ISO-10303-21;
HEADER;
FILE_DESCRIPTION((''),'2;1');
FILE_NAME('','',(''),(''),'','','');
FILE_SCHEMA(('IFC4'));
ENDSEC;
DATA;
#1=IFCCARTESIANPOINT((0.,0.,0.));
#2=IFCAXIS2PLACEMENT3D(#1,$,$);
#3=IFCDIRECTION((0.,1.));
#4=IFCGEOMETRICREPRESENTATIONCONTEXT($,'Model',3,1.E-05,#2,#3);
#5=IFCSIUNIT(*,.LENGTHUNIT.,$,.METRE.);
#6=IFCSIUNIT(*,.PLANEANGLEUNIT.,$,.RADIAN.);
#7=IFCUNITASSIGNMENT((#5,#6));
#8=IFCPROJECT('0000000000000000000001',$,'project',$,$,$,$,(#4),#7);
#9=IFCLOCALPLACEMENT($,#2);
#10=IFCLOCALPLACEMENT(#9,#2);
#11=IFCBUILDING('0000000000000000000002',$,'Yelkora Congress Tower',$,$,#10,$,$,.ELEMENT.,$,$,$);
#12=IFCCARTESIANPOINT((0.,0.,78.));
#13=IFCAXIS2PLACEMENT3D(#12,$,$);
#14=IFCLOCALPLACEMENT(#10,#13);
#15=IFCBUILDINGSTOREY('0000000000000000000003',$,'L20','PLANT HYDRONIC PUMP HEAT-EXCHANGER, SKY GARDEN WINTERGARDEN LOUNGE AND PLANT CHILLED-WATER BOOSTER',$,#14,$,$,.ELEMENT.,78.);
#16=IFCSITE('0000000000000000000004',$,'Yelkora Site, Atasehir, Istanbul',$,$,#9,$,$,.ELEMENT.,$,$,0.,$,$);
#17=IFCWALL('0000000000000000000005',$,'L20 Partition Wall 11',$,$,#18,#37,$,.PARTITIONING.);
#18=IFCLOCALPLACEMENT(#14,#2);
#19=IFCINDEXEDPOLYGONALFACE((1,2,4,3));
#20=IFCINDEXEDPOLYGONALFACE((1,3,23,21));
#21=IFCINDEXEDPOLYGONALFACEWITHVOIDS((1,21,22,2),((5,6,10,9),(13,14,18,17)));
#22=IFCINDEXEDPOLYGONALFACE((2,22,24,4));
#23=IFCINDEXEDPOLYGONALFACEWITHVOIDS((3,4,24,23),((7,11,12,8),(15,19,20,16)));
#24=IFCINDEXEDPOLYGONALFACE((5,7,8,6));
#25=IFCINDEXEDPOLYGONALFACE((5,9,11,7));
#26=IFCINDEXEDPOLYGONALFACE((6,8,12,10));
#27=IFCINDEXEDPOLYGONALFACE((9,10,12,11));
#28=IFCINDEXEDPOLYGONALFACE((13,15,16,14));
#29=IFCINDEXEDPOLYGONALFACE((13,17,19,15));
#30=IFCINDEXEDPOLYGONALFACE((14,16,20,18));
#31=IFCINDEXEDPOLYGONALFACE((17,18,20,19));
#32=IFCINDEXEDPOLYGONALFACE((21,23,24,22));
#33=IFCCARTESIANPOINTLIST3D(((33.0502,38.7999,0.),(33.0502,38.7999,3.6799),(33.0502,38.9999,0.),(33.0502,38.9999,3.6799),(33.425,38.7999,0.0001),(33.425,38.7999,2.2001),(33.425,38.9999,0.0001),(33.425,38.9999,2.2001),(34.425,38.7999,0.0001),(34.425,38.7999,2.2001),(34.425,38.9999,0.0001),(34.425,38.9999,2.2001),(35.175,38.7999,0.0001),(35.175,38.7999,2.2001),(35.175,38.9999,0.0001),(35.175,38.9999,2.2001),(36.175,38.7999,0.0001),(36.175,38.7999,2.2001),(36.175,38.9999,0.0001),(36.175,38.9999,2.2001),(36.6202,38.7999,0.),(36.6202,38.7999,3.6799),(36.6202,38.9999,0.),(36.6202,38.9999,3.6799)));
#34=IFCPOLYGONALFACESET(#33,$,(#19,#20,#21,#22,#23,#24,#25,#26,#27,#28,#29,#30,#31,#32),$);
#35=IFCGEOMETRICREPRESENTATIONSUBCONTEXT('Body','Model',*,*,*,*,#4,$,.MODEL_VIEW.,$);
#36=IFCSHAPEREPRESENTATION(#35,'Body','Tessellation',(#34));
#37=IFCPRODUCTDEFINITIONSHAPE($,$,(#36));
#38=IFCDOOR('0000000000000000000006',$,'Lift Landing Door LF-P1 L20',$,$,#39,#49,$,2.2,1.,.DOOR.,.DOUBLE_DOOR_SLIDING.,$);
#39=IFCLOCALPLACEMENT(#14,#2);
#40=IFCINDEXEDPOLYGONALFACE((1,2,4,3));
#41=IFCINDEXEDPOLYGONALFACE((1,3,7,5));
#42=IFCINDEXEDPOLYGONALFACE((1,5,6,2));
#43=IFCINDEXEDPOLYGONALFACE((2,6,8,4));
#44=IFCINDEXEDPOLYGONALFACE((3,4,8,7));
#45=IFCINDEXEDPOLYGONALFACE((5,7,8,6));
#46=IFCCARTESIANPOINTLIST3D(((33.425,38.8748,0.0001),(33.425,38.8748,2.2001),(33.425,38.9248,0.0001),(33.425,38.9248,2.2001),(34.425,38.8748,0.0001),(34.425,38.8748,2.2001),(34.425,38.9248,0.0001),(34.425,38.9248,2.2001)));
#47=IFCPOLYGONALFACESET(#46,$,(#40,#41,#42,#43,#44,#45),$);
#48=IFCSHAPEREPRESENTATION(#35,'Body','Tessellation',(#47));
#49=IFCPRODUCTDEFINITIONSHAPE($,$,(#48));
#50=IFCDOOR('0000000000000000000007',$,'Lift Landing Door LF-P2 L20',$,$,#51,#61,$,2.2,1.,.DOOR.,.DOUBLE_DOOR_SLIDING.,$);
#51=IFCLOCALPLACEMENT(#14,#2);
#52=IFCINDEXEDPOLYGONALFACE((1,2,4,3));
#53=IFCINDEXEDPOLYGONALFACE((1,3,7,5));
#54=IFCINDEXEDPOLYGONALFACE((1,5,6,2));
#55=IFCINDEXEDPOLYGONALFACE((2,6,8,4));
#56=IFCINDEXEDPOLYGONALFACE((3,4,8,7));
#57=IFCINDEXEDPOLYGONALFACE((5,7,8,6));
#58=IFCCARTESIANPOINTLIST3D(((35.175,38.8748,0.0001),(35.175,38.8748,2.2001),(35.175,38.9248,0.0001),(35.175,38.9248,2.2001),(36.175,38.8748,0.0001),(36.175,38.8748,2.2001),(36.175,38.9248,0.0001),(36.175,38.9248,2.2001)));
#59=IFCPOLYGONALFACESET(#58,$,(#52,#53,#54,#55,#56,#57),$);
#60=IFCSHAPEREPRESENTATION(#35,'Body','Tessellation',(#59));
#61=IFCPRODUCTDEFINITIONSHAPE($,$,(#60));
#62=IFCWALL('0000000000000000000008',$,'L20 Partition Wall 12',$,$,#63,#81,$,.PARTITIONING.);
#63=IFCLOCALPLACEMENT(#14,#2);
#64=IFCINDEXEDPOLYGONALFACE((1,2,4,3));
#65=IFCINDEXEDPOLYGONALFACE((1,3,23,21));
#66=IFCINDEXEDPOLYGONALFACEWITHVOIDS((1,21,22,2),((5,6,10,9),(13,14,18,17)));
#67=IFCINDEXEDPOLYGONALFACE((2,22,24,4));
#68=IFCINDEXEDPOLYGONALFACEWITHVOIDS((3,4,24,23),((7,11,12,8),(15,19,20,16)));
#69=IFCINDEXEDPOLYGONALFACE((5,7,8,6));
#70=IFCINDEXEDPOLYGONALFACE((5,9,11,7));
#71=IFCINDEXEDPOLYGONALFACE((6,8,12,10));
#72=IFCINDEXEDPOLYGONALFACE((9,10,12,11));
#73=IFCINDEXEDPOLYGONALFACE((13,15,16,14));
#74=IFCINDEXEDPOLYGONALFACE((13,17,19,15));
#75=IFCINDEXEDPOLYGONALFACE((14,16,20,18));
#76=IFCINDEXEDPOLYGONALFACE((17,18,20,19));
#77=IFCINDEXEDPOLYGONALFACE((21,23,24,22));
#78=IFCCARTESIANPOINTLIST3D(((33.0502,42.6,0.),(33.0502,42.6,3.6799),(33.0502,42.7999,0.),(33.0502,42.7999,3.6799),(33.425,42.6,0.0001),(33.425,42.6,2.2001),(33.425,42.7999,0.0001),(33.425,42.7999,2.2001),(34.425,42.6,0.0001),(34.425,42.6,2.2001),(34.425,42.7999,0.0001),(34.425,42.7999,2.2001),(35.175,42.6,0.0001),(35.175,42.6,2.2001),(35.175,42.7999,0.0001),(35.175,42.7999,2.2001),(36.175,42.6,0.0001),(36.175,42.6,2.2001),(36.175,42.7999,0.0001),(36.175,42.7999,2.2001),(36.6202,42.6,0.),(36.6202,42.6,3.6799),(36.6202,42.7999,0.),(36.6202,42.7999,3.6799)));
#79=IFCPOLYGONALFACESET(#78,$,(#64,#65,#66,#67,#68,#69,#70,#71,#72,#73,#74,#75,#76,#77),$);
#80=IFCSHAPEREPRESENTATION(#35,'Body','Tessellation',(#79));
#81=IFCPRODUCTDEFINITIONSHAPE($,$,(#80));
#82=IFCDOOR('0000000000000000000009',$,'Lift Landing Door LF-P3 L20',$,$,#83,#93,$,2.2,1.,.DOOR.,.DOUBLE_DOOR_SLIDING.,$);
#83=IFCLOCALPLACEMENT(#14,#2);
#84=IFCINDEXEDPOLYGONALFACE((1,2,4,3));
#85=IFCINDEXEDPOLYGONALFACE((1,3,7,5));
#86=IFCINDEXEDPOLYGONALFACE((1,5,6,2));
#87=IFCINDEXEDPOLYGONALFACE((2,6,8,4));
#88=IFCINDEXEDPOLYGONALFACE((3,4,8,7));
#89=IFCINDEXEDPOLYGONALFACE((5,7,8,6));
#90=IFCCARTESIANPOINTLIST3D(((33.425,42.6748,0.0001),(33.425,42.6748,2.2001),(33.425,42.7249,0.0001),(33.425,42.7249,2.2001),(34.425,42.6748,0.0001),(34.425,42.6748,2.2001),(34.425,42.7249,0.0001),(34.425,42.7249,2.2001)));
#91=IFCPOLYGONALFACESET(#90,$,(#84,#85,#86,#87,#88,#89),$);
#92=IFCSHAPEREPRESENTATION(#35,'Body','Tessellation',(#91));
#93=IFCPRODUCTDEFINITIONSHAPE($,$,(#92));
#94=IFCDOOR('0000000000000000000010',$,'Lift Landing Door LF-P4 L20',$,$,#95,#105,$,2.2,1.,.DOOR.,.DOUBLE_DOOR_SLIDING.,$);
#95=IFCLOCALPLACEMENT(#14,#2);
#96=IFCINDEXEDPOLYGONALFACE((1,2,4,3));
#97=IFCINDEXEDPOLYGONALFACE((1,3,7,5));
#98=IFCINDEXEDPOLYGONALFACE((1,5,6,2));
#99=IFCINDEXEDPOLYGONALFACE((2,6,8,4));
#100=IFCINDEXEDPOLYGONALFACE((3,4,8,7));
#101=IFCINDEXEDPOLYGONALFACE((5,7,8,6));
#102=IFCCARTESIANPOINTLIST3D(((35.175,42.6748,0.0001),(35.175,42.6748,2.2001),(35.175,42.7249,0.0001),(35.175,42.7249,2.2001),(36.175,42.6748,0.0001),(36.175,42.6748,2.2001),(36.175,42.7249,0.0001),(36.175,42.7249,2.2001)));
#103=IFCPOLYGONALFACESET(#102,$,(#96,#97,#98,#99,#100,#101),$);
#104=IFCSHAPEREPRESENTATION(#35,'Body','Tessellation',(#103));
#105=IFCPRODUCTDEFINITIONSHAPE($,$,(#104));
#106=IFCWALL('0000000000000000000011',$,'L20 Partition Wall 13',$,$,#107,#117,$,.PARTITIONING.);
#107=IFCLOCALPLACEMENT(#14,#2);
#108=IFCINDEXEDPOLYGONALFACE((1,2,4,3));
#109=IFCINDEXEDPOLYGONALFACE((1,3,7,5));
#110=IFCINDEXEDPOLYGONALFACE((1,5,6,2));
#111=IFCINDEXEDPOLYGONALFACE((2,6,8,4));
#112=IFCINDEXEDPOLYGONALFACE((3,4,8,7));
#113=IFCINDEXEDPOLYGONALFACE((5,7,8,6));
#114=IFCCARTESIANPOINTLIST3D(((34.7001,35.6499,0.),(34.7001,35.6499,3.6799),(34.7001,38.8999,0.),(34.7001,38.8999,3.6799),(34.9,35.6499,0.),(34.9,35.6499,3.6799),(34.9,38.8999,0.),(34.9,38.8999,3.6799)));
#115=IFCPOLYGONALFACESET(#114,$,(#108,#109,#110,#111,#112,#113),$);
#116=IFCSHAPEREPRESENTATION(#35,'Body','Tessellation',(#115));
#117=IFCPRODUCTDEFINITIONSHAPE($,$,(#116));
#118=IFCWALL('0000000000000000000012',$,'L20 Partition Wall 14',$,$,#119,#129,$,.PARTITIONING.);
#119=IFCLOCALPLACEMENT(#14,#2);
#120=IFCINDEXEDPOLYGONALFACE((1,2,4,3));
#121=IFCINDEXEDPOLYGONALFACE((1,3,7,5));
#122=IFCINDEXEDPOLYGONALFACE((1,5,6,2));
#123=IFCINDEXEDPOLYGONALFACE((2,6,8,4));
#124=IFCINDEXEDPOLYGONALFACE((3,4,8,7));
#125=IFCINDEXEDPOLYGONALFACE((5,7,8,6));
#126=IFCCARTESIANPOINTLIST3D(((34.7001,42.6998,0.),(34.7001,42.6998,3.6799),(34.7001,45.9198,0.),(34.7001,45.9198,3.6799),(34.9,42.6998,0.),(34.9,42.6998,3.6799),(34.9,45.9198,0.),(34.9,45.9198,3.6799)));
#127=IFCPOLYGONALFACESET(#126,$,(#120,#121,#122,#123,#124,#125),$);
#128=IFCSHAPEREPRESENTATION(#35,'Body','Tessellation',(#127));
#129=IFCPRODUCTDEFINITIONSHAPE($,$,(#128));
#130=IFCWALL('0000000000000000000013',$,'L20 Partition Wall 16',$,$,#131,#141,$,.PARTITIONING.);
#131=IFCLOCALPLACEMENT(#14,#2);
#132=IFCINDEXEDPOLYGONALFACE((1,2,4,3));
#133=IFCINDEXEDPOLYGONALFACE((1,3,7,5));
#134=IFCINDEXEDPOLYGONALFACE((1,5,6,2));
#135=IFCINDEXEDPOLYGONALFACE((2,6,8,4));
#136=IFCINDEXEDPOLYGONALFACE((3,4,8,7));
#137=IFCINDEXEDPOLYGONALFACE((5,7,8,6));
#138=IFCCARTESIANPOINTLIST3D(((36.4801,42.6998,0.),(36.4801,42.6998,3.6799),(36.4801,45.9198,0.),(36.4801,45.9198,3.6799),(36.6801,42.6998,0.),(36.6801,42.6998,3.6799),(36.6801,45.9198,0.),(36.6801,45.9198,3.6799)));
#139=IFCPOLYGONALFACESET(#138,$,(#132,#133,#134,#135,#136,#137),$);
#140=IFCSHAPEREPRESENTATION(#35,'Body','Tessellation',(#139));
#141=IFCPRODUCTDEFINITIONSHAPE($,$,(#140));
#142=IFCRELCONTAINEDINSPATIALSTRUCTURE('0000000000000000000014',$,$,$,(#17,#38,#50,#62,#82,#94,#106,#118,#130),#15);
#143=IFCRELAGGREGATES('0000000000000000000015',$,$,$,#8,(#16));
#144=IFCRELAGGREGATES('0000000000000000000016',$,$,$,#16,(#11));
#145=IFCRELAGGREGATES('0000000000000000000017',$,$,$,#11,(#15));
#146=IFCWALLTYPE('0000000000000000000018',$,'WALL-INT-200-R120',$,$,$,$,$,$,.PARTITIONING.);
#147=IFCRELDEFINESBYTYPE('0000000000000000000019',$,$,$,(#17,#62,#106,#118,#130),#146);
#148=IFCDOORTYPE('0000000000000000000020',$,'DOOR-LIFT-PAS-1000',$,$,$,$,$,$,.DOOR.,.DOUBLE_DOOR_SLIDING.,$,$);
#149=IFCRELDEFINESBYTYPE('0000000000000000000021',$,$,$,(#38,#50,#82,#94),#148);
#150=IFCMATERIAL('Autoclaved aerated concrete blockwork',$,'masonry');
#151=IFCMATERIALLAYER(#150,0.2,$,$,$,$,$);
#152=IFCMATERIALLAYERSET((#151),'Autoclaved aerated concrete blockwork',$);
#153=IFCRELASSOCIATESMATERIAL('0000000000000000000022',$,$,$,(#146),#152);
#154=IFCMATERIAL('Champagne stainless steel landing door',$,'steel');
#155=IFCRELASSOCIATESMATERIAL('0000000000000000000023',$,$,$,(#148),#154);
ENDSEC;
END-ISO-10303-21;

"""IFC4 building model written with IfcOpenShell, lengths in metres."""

from ifc_helpers import new_model, si_unit, direction, frame, frame_2d, origin, place, context, subcontext, project, spatial, rectangle, extrude, material, layer, layer_set, type_object, element, fill, save


model = new_model("IFC4")

# Units and contexts
model_context = context("Model", 3, precision=1e-05, world=origin(), true_north=direction((0.0, 1.0)))
body_context = subcontext(model_context, "Body", "Model", "MODEL_VIEW")
ifc_project = project(units=[si_unit("LENGTHUNIT", "METRE"), si_unit("PLANEANGLEUNIT", "RADIAN")], contexts=[model_context])

# Site, building, storey
site_placement = place(None, origin())
site = spatial("IfcSite", under=ifc_project, at=site_placement, Name="Yelkora Site, Atasehir, Istanbul", CompositionType="ELEMENT", RefElevation=0.0)
building_placement = place(site_placement, origin())
building = spatial("IfcBuilding", under=site, at=building_placement, Name="Yelkora Congress Tower", CompositionType="ELEMENT")
storey_placement = place(building_placement, frame((0.0, 0.0, 78.0)))
storey = spatial("IfcBuildingStorey", under=building, at=storey_placement, Name="L20", Description="PLANT HYDRONIC PUMP HEAT-EXCHANGER, SKY GARDEN WINTERGARDEN LOUNGE AND PLANT CHILLED-WATER BOOSTER", CompositionType="ELEMENT", Elevation=78.0)

# Shared definitions
ifc_material_1 = material(Name="Autoclaved aerated concrete blockwork", Category="masonry")
ifc_layer_1 = layer(ifc_material_1, 0.2)
ifc_layer_set_1 = layer_set([ifc_layer_1], Name="Autoclaved aerated concrete blockwork")
wall_type_1 = type_object("IfcWallType", Name="WALL-INT-200-R120", PredefinedType="PARTITIONING", material=ifc_layer_set_1)

# Walls, openings, doors
wall_1_placement = place(storey_placement, frame((33.05, 38.8999, 0.0), z_axis=(0.0, 0.0, 1.0), x_axis=(1.0, 0.0, 0.0)))
wall_1 = element("IfcWall", 1, at=wall_1_placement, inside=storey, type_object=wall_type_1, Name="L20 Partition Wall 11", PredefinedType="PARTITIONING", context=body_context, shape_type="SweptSolid", body=[
    extrude(rectangle(XDim=3.5701, YDim=0.2, at=frame_2d((1.7852, 0.0))), origin(), (0.0, 0.0, 1.0), 3.6799),
])
opening_1_placement = place(wall_1_placement, frame((0.375, 0.0, 0.0)))
opening_1 = element("IfcOpeningElement", 2, at=opening_1_placement, cuts=wall_1, PredefinedType="OPENING", context=body_context, shape_type="SweptSolid", body=[
    extrude(rectangle(XDim=1.0, YDim=2.2, at=frame_2d((0.5, 1.1001))), frame((0.0, 0.1099, 0.0), z_axis=(0.0, -1.0, 0.0), x_axis=(1.0, 0.0, 0.0)), (0.0, 0.0, 1.0), 0.22),
])
opening_2_placement = place(wall_1_placement, frame((2.125, 0.0, 0.0)))
opening_2 = element("IfcOpeningElement", 3, at=opening_2_placement, cuts=wall_1, PredefinedType="OPENING", context=body_context, shape_type="SweptSolid", body=[
    extrude(rectangle(XDim=1.0, YDim=2.2, at=frame_2d((0.5, 1.1001))), frame((0.0, 0.1099, 0.0), z_axis=(0.0, -1.0, 0.0), x_axis=(1.0, 0.0, 0.0)), (0.0, 0.0, 1.0), 0.22),
])
ifc_material_2 = material(Name="Champagne stainless steel landing door", Category="steel")
door_type_1 = type_object("IfcDoorType", Name="DOOR-LIFT-PAS-1000", OperationType="DOUBLE_DOOR_SLIDING", PredefinedType="DOOR", material=ifc_material_2)
door_1_placement = place(opening_1_placement, origin())
door_1 = element("IfcDoor", 4, at=door_1_placement, inside=storey, type_object=door_type_1, Name="Lift Landing Door LF-P1 L20", OperationType="DOUBLE_DOOR_SLIDING", OverallHeight=2.2, OverallWidth=1.0, PredefinedType="DOOR", context=body_context, shape_type="SweptSolid", body=[
    extrude(rectangle(XDim=1.0, YDim=2.2, at=frame_2d((0.5, 1.1001))), frame((0.0, 0.0249, 0.0), z_axis=(0.0, -1.0, 0.0), x_axis=(1.0, 0.0, 0.0)), (0.0, 0.0, 1.0), 0.05),
])
fill(opening_1, door_1)
door_2_placement = place(opening_2_placement, origin())
door_2 = element("IfcDoor", 5, at=door_2_placement, inside=storey, type_object=door_type_1, Name="Lift Landing Door LF-P2 L20", OperationType="DOUBLE_DOOR_SLIDING", OverallHeight=2.2, OverallWidth=1.0, PredefinedType="DOOR", context=body_context, shape_type="SweptSolid", body=[
    extrude(rectangle(XDim=1.0, YDim=2.2, at=frame_2d((0.5, 1.1001))), frame((0.0, 0.0249, 0.0), z_axis=(0.0, -1.0, 0.0), x_axis=(1.0, 0.0, 0.0)), (0.0, 0.0, 1.0), 0.05),
])
fill(opening_2, door_2)
wall_2_placement = place(storey_placement, frame((33.05, 42.7, 0.0), z_axis=(0.0, 0.0, 1.0), x_axis=(1.0, 0.0, 0.0)))
wall_2 = element("IfcWall", 6, at=wall_2_placement, inside=storey, type_object=wall_type_1, Name="L20 Partition Wall 12", PredefinedType="PARTITIONING", context=body_context, shape_type="SweptSolid", body=[
    extrude(rectangle(XDim=3.5701, YDim=0.2, at=frame_2d((1.7852, 0.0))), origin(), (0.0, 0.0, 1.0), 3.6799),
])
opening_3_placement = place(wall_2_placement, frame((0.375, 0.0, 0.0)))
opening_3 = element("IfcOpeningElement", 7, at=opening_3_placement, cuts=wall_2, PredefinedType="OPENING", context=body_context, shape_type="SweptSolid", body=[
    extrude(rectangle(XDim=1.0, YDim=2.2, at=frame_2d((0.5, 1.1001))), frame((0.0, 0.1099, 0.0), z_axis=(0.0, -1.0, 0.0), x_axis=(1.0, 0.0, 0.0)), (0.0, 0.0, 1.0), 0.22),
])
opening_4_placement = place(wall_2_placement, frame((2.125, 0.0, 0.0)))
opening_4 = element("IfcOpeningElement", 8, at=opening_4_placement, cuts=wall_2, PredefinedType="OPENING", context=body_context, shape_type="SweptSolid", body=[
    extrude(rectangle(XDim=1.0, YDim=2.2, at=frame_2d((0.5, 1.1001))), frame((0.0, 0.1099, 0.0), z_axis=(0.0, -1.0, 0.0), x_axis=(1.0, 0.0, 0.0)), (0.0, 0.0, 1.0), 0.22),
])
door_3_placement = place(opening_3_placement, origin())
door_3 = element("IfcDoor", 9, at=door_3_placement, inside=storey, type_object=door_type_1, Name="Lift Landing Door LF-P3 L20", OperationType="DOUBLE_DOOR_SLIDING", OverallHeight=2.2, OverallWidth=1.0, PredefinedType="DOOR", context=body_context, shape_type="SweptSolid", body=[
    extrude(rectangle(XDim=1.0, YDim=2.2, at=frame_2d((0.5, 1.1001))), frame((0.0, 0.0249, 0.0), z_axis=(0.0, -1.0, 0.0), x_axis=(1.0, 0.0, 0.0)), (0.0, 0.0, 1.0), 0.05),
])
fill(opening_3, door_3)
door_4_placement = place(opening_4_placement, origin())
door_4 = element("IfcDoor", 10, at=door_4_placement, inside=storey, type_object=door_type_1, Name="Lift Landing Door LF-P4 L20", OperationType="DOUBLE_DOOR_SLIDING", OverallHeight=2.2, OverallWidth=1.0, PredefinedType="DOOR", context=body_context, shape_type="SweptSolid", body=[
    extrude(rectangle(XDim=1.0, YDim=2.2, at=frame_2d((0.5, 1.1001))), frame((0.0, 0.0249, 0.0), z_axis=(0.0, -1.0, 0.0), x_axis=(1.0, 0.0, 0.0)), (0.0, 0.0, 1.0), 0.05),
])
fill(opening_4, door_4)

# Walls
wall_3_placement = place(storey_placement, frame((34.8, 35.6499, 0.0), z_axis=(0.0, 0.0, 1.0), x_axis=(0.0, 1.0, 0.0)))
element("IfcWall", 11, at=wall_3_placement, inside=storey, type_object=wall_type_1, Name="L20 Partition Wall 13", PredefinedType="PARTITIONING", context=body_context, shape_type="SweptSolid", body=[
    extrude(rectangle(XDim=3.25, YDim=0.2, at=frame_2d((1.625, 0.0))), origin(), (0.0, 0.0, 1.0), 3.6799),
])
for number, where, z_axis, x_axis, name in (
    (12, (34.8, 42.7, 0.0), (0.0, 0.0, 1.0), (0.0, 1.0, 0.0), "L20 Partition Wall 14"),
    (13, (36.5801, 42.7, 0.0), (0.0, 0.0, 1.0), (0.0, 1.0, 0.0), "L20 Partition Wall 16"),
):
    element("IfcWall", number, at=place(storey_placement, frame(where, z_axis=z_axis, x_axis=x_axis)), inside=storey, type_object=wall_type_1, Name=name, PredefinedType="PARTITIONING", context=body_context, shape_type="SweptSolid", body=[
        extrude(rectangle(XDim=3.22, YDim=0.2, at=frame_2d((1.6099, 0.0))), origin(), (0.0, 0.0, 1.0), 3.6799),
    ])

save(model, "model.ifc")
